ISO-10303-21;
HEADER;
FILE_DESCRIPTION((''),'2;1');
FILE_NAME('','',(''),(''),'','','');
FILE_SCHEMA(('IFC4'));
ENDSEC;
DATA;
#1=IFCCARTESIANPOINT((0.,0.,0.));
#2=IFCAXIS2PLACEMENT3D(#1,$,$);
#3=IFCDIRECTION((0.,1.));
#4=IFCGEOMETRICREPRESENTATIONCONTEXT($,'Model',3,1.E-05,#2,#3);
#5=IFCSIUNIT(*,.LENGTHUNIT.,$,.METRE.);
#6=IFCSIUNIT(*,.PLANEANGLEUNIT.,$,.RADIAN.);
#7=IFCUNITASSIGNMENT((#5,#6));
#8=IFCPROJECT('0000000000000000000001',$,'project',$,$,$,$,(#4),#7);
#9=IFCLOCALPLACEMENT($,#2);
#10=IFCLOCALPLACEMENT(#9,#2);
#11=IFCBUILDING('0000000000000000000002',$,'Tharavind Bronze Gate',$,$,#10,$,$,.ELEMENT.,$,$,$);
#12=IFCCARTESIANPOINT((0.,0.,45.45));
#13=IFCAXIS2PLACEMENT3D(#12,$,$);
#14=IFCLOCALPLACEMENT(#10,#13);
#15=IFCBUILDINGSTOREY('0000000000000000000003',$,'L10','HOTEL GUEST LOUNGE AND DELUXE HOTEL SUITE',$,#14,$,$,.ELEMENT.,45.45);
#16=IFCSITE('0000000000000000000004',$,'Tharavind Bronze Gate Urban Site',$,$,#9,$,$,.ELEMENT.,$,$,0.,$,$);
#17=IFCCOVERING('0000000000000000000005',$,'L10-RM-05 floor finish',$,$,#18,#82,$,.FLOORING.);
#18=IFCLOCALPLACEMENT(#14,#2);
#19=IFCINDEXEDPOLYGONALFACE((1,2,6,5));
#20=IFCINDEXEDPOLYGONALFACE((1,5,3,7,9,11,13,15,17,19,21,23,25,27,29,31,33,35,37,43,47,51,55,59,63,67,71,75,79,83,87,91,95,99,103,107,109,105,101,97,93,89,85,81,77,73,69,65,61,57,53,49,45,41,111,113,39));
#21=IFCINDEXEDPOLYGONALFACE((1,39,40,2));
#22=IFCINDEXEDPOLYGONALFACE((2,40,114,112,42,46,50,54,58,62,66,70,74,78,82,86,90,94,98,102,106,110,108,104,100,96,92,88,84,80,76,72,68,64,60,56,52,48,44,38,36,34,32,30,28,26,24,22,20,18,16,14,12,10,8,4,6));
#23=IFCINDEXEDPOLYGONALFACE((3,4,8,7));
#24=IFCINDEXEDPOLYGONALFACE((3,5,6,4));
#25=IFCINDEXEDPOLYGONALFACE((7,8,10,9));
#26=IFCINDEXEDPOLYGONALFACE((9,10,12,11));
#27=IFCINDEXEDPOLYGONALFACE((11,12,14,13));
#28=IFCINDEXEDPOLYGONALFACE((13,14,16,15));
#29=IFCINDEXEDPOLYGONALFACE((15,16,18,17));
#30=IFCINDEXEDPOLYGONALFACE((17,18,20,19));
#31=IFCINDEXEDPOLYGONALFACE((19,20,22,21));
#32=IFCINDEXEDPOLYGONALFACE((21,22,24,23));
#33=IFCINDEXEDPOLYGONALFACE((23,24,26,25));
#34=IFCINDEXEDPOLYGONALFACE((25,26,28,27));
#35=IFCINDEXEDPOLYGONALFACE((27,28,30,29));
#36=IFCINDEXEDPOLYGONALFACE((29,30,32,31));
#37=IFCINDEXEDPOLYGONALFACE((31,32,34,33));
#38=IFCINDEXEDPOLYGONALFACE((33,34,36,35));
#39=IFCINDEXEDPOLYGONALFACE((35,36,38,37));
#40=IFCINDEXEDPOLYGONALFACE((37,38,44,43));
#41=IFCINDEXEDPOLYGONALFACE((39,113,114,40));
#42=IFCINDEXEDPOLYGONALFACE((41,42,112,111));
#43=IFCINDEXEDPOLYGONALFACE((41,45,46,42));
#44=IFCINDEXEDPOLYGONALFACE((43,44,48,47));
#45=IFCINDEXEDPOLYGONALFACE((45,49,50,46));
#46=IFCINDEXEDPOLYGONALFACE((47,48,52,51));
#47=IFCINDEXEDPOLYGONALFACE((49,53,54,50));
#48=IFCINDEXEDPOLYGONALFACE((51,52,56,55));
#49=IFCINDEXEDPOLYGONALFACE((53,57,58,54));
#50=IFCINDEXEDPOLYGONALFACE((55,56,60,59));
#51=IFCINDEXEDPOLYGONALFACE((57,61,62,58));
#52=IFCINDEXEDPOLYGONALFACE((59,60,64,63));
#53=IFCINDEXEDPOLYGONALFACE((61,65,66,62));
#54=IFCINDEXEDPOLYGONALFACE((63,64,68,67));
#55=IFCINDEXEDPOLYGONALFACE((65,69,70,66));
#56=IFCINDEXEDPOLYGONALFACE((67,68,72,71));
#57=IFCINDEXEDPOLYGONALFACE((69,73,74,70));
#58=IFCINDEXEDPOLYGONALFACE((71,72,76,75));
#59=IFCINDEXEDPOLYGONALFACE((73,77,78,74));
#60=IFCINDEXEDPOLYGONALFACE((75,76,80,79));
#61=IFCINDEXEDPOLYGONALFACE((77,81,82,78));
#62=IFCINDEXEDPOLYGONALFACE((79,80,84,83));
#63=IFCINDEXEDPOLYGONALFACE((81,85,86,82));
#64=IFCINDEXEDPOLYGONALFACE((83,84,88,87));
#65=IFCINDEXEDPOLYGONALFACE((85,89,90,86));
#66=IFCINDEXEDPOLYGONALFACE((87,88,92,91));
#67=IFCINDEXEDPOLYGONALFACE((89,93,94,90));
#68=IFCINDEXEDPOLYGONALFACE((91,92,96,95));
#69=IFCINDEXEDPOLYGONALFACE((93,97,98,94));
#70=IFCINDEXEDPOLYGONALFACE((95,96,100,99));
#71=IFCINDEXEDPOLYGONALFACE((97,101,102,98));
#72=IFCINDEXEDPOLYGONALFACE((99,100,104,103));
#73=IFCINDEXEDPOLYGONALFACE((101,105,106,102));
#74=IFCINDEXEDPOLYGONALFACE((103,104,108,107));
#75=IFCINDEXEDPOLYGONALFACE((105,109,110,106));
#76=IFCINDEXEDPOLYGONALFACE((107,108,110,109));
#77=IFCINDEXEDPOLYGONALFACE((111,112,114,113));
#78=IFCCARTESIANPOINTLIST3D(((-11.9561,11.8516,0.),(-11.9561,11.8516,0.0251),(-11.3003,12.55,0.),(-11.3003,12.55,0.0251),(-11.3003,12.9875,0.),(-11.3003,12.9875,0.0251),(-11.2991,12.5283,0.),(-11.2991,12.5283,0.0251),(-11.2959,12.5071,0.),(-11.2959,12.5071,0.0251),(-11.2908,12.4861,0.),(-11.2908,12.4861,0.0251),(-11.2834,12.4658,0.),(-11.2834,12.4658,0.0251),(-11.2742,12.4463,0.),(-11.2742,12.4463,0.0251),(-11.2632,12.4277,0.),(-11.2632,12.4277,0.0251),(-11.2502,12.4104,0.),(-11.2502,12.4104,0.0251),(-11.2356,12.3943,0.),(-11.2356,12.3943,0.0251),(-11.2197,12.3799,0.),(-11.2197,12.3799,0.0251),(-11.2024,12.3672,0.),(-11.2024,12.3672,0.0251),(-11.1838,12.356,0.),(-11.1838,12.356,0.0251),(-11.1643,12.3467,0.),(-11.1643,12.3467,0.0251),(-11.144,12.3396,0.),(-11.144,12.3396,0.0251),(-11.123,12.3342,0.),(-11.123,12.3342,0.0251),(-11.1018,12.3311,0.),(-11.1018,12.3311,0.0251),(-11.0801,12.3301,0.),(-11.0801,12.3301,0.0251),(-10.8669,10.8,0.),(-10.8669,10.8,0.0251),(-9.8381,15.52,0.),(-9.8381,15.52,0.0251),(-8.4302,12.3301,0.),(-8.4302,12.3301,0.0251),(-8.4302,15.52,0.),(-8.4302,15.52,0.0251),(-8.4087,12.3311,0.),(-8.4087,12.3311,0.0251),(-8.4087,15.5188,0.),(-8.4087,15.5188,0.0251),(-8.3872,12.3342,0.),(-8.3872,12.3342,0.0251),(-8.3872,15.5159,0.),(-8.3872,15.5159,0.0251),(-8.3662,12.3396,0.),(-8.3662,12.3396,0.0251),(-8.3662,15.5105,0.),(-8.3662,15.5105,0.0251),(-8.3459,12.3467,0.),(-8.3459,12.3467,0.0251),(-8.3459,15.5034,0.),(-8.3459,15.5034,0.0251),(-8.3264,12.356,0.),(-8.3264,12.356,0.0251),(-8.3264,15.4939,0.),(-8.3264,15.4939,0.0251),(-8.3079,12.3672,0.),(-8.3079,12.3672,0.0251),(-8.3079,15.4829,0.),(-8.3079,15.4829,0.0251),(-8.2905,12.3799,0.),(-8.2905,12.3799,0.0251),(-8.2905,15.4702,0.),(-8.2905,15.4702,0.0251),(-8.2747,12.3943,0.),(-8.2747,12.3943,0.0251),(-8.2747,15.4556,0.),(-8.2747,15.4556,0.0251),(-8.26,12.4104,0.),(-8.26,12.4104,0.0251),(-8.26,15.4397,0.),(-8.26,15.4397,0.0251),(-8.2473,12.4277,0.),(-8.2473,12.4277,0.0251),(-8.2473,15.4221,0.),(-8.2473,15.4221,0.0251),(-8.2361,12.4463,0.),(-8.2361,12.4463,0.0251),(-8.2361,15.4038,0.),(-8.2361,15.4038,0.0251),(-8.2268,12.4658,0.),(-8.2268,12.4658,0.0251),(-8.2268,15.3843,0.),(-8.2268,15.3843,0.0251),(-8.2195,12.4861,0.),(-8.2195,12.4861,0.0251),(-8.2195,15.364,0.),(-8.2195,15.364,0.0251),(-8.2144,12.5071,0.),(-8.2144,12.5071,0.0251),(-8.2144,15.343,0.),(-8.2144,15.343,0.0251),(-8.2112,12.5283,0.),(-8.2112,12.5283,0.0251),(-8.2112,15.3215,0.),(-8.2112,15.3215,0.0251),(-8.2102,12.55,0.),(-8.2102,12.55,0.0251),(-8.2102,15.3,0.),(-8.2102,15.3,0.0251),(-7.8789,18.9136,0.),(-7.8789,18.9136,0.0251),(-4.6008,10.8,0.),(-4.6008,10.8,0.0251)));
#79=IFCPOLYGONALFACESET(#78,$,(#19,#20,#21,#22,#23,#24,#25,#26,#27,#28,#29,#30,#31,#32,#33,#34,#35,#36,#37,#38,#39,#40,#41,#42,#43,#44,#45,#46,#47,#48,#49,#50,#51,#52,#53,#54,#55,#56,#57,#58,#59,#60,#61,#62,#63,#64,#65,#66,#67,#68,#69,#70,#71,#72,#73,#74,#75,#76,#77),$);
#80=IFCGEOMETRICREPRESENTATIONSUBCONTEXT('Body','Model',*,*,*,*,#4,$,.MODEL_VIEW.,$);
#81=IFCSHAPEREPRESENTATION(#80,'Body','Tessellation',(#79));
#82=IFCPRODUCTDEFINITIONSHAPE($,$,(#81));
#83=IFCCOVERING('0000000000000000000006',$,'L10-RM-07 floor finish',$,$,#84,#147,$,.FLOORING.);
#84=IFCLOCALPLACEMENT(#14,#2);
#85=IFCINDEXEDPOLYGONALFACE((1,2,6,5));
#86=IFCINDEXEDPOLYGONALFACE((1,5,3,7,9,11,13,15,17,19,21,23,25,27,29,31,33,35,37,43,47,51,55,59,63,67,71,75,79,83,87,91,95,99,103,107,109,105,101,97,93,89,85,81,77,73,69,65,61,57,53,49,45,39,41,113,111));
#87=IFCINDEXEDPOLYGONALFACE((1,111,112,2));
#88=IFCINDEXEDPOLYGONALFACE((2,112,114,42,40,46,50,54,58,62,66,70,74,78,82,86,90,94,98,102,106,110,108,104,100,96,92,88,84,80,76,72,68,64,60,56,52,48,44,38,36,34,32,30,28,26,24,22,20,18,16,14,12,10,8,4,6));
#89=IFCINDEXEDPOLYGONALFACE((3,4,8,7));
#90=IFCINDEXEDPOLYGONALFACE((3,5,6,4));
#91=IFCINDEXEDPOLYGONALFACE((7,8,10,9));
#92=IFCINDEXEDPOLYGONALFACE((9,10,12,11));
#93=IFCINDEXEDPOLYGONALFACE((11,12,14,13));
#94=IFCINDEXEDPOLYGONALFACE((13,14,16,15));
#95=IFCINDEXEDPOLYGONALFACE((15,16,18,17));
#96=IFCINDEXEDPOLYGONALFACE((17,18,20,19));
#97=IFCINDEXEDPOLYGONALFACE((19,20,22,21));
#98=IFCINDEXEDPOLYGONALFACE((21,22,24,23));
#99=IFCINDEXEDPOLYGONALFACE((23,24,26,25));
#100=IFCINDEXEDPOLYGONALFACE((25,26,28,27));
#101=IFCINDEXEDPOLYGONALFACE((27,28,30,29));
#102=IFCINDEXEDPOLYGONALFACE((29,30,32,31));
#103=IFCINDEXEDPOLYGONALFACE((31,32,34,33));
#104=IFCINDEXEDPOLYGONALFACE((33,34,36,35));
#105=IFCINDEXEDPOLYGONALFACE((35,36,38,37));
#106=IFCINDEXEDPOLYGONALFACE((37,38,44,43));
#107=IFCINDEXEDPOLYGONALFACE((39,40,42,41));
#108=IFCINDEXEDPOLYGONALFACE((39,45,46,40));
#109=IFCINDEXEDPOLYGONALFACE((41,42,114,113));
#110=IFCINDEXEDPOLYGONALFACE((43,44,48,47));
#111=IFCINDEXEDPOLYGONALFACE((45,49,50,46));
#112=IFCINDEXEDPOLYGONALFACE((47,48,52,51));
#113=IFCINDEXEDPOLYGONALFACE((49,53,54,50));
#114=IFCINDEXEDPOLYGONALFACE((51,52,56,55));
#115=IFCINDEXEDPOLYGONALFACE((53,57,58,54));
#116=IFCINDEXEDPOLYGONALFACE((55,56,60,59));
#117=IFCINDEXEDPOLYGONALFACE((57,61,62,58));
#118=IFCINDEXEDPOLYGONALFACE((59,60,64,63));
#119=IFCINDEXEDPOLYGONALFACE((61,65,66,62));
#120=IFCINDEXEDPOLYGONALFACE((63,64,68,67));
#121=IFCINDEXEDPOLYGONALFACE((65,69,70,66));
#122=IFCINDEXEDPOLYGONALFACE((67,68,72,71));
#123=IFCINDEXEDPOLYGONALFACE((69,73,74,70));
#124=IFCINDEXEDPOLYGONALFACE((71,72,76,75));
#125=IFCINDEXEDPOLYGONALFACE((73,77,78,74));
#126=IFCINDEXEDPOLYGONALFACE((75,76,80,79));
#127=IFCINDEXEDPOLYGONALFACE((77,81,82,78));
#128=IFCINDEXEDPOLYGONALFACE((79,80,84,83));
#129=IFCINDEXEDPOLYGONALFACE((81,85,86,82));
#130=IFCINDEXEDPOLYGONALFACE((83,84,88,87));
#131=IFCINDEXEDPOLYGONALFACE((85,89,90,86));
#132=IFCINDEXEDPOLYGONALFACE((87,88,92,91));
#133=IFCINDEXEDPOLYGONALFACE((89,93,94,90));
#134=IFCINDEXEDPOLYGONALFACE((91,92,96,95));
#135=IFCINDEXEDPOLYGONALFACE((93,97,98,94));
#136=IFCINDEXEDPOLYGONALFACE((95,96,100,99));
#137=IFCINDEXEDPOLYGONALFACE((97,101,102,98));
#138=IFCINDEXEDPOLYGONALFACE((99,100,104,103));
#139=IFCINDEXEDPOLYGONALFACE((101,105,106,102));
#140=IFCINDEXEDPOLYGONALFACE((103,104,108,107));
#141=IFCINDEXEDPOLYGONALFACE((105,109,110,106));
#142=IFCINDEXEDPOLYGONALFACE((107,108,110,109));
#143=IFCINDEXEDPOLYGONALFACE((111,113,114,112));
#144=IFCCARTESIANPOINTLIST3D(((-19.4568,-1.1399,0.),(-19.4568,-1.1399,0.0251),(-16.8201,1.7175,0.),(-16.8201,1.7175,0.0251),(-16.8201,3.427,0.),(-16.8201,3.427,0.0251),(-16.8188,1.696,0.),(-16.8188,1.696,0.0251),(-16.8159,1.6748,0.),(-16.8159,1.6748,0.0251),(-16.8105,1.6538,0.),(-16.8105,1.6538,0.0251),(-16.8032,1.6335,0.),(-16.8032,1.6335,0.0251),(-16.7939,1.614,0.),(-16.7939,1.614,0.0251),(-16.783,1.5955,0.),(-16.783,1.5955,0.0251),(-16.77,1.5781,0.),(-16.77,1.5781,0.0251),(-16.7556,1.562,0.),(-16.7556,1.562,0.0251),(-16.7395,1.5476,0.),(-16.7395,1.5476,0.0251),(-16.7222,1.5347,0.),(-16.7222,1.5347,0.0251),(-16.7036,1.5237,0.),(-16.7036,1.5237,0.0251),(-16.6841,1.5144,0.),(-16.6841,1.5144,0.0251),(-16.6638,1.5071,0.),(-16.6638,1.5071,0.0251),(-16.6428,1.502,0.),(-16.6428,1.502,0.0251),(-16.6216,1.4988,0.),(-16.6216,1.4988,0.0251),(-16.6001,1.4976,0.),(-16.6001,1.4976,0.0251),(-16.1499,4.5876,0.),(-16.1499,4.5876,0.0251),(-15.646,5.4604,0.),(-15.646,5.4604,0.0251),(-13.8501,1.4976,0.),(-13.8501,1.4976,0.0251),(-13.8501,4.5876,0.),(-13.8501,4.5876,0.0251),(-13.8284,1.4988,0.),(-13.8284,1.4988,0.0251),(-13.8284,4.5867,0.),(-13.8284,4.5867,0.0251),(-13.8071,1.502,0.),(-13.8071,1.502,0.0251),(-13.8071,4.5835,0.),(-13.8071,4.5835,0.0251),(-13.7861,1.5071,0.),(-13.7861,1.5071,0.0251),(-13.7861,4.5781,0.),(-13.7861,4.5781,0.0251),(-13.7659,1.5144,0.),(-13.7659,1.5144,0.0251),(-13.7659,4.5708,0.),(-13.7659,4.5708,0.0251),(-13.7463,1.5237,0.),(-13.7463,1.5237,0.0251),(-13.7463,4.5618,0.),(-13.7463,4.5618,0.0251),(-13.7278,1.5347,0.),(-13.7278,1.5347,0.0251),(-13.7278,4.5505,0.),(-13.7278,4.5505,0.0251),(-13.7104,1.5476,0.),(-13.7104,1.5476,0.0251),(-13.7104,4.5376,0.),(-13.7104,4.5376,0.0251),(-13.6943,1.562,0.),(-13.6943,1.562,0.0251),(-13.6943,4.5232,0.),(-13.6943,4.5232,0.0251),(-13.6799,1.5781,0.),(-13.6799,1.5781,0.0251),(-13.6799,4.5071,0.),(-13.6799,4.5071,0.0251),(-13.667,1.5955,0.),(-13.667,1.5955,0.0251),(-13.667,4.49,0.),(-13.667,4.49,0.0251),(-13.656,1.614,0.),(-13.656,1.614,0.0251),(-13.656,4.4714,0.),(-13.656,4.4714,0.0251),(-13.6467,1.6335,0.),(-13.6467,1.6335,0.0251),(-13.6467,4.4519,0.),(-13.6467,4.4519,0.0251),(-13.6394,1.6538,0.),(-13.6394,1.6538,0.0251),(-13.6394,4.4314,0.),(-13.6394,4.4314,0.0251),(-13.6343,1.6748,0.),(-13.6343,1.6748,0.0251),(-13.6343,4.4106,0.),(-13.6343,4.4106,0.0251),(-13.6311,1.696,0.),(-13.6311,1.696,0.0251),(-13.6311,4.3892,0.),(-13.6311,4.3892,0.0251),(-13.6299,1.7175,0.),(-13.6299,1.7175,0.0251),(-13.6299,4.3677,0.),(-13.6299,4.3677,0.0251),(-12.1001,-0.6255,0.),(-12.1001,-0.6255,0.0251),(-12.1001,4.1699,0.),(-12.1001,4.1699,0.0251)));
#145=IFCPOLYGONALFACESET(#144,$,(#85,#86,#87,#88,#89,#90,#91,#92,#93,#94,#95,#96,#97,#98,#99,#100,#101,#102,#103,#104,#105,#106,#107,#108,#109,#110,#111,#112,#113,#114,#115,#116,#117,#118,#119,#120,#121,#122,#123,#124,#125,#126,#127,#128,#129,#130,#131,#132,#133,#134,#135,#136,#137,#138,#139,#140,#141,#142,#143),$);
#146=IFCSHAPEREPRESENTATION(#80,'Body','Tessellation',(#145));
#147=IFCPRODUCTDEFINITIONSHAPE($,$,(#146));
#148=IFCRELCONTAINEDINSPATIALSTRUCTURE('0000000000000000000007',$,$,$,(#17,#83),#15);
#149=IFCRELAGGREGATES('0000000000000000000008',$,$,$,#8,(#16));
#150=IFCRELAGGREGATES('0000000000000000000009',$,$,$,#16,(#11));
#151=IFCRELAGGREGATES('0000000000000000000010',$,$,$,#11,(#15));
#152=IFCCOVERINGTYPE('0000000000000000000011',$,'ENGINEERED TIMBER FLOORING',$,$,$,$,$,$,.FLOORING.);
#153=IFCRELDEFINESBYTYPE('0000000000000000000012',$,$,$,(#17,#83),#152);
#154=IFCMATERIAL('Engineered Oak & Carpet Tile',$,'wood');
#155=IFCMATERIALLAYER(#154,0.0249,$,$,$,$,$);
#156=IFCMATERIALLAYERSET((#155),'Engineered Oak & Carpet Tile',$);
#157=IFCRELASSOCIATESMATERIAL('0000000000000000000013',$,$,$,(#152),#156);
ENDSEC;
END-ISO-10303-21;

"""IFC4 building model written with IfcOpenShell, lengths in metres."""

from ifc_helpers import new_model, si_unit, direction, frame, origin, place, context, subcontext, project, spatial, polyline, outline, extrude, material, layer, layer_set, type_object, element, save


model = new_model("IFC4")

# Units and contexts
model_context = context("Model", 3, precision=1e-05, world=origin(), true_north=direction((0.0, 1.0)))
body_context = subcontext(model_context, "Body", "Model", "MODEL_VIEW")
ifc_project = project(units=[si_unit("LENGTHUNIT", "METRE"), si_unit("PLANEANGLEUNIT", "RADIAN")], contexts=[model_context])

# Site, building, storey
site_placement = place(None, origin())
site = spatial("IfcSite", under=ifc_project, at=site_placement, Name="Tharavind Bronze Gate Urban Site", CompositionType="ELEMENT", RefElevation=0.0)
building_placement = place(site_placement, origin())
building = spatial("IfcBuilding", under=site, at=building_placement, Name="Tharavind Bronze Gate", CompositionType="ELEMENT")
storey_placement = place(building_placement, frame((0.0, 0.0, 45.45)))
storey = spatial("IfcBuildingStorey", under=building, at=storey_placement, Name="L10", Description="HOTEL GUEST LOUNGE AND DELUXE HOTEL SUITE", CompositionType="ELEMENT", Elevation=45.45)

# Coverings
ifc_material_1 = material(Name="Engineered Oak & Carpet Tile", Category="wood")
ifc_layer_1 = layer(ifc_material_1, 0.0249)
ifc_layer_set_1 = layer_set([ifc_layer_1], Name="Engineered Oak & Carpet Tile")
covering_type_1 = type_object("IfcCoveringType", Name="ENGINEERED TIMBER FLOORING", PredefinedType="FLOORING", material=ifc_layer_set_1)
covering_1_placement = place(storey_placement, origin())
element("IfcCovering", 1, at=covering_1_placement, inside=storey, type_object=covering_type_1, Name="L10-RM-05 floor finish", PredefinedType="FLOORING", context=body_context, shape_type="SweptSolid", body=[
    extrude(outline(polyline([(-10.8669, 10.8), (-4.6008, 10.8), (-7.8789, 18.9136), (-9.8381, 15.52), (-8.4302, 15.52), (-8.4087, 15.5188), (-8.3872, 15.5159), (-8.3662, 15.5105), (-8.3459, 15.5034), (-8.3264, 15.4939), (-8.3079, 15.4829), (-8.2905, 15.4702), (-8.2747, 15.4556), (-8.26, 15.4397), (-8.2473, 15.4221), (-8.2361, 15.4038), (-8.2268, 15.3843), (-8.2195, 15.364), (-8.2144, 15.343), (-8.2112, 15.3215), (-8.2102, 15.3), (-8.2102, 12.55), (-8.2112, 12.5283), (-8.2144, 12.5071), (-8.2195, 12.4861), (-8.2268, 12.4658), (-8.2361, 12.4463), (-8.2473, 12.4277), (-8.26, 12.4104), (-8.2747, 12.3943), (-8.2905, 12.3799), (-8.3079, 12.3672), (-8.3264, 12.356), (-8.3459, 12.3467), (-8.3662, 12.3396), (-8.3872, 12.3342), (-8.4087, 12.3311), (-8.4302, 12.3301), (-11.0801, 12.3301), (-11.1018, 12.3311), (-11.123, 12.3342), (-11.144, 12.3396), (-11.1643, 12.3467), (-11.1838, 12.356), (-11.2024, 12.3672), (-11.2197, 12.3799), (-11.2356, 12.3943), (-11.2502, 12.4104), (-11.2632, 12.4277), (-11.2742, 12.4463), (-11.2834, 12.4658), (-11.2908, 12.4861), (-11.2959, 12.5071), (-11.2991, 12.5283), (-11.3003, 12.55), (-11.3003, 12.9875), (-11.9561, 11.8516), (-10.8669, 10.8)])), origin(), (0.0, 0.0, 1.0), 0.0251),
])
covering_2_placement = place(storey_placement, origin())
element("IfcCovering", 2, at=covering_2_placement, inside=storey, type_object=covering_type_1, Name="L10-RM-07 floor finish", PredefinedType="FLOORING", context=body_context, shape_type="SweptSolid", body=[
    extrude(outline(polyline([(-12.1001, -0.6255), (-12.1001, 4.1699), (-15.646, 5.4604), (-16.1499, 4.5876), (-13.8501, 4.5876), (-13.8284, 4.5867), (-13.8071, 4.5835), (-13.7861, 4.5781), (-13.7659, 4.5708), (-13.7463, 4.5618), (-13.7278, 4.5505), (-13.7104, 4.5376), (-13.6943, 4.5232), (-13.6799, 4.5071), (-13.667, 4.49), (-13.656, 4.4714), (-13.6467, 4.4519), (-13.6394, 4.4314), (-13.6343, 4.4106), (-13.6311, 4.3892), (-13.6299, 4.3677), (-13.6299, 1.7175), (-13.6311, 1.696), (-13.6343, 1.6748), (-13.6394, 1.6538), (-13.6467, 1.6335), (-13.656, 1.614), (-13.667, 1.5955), (-13.6799, 1.5781), (-13.6943, 1.562), (-13.7104, 1.5476), (-13.7278, 1.5347), (-13.7463, 1.5237), (-13.7659, 1.5144), (-13.7861, 1.5071), (-13.8071, 1.502), (-13.8284, 1.4988), (-13.8501, 1.4976), (-16.6001, 1.4976), (-16.6216, 1.4988), (-16.6428, 1.502), (-16.6638, 1.5071), (-16.6841, 1.5144), (-16.7036, 1.5237), (-16.7222, 1.5347), (-16.7395, 1.5476), (-16.7556, 1.562), (-16.77, 1.5781), (-16.783, 1.5955), (-16.7939, 1.614), (-16.8032, 1.6335), (-16.8105, 1.6538), (-16.8159, 1.6748), (-16.8188, 1.696), (-16.8201, 1.7175), (-16.8201, 3.427), (-19.4568, -1.1399), (-12.1001, -0.6255)])), origin(), (0.0, 0.0, 1.0), 0.0251),
])

save(model, "model.ifc")
